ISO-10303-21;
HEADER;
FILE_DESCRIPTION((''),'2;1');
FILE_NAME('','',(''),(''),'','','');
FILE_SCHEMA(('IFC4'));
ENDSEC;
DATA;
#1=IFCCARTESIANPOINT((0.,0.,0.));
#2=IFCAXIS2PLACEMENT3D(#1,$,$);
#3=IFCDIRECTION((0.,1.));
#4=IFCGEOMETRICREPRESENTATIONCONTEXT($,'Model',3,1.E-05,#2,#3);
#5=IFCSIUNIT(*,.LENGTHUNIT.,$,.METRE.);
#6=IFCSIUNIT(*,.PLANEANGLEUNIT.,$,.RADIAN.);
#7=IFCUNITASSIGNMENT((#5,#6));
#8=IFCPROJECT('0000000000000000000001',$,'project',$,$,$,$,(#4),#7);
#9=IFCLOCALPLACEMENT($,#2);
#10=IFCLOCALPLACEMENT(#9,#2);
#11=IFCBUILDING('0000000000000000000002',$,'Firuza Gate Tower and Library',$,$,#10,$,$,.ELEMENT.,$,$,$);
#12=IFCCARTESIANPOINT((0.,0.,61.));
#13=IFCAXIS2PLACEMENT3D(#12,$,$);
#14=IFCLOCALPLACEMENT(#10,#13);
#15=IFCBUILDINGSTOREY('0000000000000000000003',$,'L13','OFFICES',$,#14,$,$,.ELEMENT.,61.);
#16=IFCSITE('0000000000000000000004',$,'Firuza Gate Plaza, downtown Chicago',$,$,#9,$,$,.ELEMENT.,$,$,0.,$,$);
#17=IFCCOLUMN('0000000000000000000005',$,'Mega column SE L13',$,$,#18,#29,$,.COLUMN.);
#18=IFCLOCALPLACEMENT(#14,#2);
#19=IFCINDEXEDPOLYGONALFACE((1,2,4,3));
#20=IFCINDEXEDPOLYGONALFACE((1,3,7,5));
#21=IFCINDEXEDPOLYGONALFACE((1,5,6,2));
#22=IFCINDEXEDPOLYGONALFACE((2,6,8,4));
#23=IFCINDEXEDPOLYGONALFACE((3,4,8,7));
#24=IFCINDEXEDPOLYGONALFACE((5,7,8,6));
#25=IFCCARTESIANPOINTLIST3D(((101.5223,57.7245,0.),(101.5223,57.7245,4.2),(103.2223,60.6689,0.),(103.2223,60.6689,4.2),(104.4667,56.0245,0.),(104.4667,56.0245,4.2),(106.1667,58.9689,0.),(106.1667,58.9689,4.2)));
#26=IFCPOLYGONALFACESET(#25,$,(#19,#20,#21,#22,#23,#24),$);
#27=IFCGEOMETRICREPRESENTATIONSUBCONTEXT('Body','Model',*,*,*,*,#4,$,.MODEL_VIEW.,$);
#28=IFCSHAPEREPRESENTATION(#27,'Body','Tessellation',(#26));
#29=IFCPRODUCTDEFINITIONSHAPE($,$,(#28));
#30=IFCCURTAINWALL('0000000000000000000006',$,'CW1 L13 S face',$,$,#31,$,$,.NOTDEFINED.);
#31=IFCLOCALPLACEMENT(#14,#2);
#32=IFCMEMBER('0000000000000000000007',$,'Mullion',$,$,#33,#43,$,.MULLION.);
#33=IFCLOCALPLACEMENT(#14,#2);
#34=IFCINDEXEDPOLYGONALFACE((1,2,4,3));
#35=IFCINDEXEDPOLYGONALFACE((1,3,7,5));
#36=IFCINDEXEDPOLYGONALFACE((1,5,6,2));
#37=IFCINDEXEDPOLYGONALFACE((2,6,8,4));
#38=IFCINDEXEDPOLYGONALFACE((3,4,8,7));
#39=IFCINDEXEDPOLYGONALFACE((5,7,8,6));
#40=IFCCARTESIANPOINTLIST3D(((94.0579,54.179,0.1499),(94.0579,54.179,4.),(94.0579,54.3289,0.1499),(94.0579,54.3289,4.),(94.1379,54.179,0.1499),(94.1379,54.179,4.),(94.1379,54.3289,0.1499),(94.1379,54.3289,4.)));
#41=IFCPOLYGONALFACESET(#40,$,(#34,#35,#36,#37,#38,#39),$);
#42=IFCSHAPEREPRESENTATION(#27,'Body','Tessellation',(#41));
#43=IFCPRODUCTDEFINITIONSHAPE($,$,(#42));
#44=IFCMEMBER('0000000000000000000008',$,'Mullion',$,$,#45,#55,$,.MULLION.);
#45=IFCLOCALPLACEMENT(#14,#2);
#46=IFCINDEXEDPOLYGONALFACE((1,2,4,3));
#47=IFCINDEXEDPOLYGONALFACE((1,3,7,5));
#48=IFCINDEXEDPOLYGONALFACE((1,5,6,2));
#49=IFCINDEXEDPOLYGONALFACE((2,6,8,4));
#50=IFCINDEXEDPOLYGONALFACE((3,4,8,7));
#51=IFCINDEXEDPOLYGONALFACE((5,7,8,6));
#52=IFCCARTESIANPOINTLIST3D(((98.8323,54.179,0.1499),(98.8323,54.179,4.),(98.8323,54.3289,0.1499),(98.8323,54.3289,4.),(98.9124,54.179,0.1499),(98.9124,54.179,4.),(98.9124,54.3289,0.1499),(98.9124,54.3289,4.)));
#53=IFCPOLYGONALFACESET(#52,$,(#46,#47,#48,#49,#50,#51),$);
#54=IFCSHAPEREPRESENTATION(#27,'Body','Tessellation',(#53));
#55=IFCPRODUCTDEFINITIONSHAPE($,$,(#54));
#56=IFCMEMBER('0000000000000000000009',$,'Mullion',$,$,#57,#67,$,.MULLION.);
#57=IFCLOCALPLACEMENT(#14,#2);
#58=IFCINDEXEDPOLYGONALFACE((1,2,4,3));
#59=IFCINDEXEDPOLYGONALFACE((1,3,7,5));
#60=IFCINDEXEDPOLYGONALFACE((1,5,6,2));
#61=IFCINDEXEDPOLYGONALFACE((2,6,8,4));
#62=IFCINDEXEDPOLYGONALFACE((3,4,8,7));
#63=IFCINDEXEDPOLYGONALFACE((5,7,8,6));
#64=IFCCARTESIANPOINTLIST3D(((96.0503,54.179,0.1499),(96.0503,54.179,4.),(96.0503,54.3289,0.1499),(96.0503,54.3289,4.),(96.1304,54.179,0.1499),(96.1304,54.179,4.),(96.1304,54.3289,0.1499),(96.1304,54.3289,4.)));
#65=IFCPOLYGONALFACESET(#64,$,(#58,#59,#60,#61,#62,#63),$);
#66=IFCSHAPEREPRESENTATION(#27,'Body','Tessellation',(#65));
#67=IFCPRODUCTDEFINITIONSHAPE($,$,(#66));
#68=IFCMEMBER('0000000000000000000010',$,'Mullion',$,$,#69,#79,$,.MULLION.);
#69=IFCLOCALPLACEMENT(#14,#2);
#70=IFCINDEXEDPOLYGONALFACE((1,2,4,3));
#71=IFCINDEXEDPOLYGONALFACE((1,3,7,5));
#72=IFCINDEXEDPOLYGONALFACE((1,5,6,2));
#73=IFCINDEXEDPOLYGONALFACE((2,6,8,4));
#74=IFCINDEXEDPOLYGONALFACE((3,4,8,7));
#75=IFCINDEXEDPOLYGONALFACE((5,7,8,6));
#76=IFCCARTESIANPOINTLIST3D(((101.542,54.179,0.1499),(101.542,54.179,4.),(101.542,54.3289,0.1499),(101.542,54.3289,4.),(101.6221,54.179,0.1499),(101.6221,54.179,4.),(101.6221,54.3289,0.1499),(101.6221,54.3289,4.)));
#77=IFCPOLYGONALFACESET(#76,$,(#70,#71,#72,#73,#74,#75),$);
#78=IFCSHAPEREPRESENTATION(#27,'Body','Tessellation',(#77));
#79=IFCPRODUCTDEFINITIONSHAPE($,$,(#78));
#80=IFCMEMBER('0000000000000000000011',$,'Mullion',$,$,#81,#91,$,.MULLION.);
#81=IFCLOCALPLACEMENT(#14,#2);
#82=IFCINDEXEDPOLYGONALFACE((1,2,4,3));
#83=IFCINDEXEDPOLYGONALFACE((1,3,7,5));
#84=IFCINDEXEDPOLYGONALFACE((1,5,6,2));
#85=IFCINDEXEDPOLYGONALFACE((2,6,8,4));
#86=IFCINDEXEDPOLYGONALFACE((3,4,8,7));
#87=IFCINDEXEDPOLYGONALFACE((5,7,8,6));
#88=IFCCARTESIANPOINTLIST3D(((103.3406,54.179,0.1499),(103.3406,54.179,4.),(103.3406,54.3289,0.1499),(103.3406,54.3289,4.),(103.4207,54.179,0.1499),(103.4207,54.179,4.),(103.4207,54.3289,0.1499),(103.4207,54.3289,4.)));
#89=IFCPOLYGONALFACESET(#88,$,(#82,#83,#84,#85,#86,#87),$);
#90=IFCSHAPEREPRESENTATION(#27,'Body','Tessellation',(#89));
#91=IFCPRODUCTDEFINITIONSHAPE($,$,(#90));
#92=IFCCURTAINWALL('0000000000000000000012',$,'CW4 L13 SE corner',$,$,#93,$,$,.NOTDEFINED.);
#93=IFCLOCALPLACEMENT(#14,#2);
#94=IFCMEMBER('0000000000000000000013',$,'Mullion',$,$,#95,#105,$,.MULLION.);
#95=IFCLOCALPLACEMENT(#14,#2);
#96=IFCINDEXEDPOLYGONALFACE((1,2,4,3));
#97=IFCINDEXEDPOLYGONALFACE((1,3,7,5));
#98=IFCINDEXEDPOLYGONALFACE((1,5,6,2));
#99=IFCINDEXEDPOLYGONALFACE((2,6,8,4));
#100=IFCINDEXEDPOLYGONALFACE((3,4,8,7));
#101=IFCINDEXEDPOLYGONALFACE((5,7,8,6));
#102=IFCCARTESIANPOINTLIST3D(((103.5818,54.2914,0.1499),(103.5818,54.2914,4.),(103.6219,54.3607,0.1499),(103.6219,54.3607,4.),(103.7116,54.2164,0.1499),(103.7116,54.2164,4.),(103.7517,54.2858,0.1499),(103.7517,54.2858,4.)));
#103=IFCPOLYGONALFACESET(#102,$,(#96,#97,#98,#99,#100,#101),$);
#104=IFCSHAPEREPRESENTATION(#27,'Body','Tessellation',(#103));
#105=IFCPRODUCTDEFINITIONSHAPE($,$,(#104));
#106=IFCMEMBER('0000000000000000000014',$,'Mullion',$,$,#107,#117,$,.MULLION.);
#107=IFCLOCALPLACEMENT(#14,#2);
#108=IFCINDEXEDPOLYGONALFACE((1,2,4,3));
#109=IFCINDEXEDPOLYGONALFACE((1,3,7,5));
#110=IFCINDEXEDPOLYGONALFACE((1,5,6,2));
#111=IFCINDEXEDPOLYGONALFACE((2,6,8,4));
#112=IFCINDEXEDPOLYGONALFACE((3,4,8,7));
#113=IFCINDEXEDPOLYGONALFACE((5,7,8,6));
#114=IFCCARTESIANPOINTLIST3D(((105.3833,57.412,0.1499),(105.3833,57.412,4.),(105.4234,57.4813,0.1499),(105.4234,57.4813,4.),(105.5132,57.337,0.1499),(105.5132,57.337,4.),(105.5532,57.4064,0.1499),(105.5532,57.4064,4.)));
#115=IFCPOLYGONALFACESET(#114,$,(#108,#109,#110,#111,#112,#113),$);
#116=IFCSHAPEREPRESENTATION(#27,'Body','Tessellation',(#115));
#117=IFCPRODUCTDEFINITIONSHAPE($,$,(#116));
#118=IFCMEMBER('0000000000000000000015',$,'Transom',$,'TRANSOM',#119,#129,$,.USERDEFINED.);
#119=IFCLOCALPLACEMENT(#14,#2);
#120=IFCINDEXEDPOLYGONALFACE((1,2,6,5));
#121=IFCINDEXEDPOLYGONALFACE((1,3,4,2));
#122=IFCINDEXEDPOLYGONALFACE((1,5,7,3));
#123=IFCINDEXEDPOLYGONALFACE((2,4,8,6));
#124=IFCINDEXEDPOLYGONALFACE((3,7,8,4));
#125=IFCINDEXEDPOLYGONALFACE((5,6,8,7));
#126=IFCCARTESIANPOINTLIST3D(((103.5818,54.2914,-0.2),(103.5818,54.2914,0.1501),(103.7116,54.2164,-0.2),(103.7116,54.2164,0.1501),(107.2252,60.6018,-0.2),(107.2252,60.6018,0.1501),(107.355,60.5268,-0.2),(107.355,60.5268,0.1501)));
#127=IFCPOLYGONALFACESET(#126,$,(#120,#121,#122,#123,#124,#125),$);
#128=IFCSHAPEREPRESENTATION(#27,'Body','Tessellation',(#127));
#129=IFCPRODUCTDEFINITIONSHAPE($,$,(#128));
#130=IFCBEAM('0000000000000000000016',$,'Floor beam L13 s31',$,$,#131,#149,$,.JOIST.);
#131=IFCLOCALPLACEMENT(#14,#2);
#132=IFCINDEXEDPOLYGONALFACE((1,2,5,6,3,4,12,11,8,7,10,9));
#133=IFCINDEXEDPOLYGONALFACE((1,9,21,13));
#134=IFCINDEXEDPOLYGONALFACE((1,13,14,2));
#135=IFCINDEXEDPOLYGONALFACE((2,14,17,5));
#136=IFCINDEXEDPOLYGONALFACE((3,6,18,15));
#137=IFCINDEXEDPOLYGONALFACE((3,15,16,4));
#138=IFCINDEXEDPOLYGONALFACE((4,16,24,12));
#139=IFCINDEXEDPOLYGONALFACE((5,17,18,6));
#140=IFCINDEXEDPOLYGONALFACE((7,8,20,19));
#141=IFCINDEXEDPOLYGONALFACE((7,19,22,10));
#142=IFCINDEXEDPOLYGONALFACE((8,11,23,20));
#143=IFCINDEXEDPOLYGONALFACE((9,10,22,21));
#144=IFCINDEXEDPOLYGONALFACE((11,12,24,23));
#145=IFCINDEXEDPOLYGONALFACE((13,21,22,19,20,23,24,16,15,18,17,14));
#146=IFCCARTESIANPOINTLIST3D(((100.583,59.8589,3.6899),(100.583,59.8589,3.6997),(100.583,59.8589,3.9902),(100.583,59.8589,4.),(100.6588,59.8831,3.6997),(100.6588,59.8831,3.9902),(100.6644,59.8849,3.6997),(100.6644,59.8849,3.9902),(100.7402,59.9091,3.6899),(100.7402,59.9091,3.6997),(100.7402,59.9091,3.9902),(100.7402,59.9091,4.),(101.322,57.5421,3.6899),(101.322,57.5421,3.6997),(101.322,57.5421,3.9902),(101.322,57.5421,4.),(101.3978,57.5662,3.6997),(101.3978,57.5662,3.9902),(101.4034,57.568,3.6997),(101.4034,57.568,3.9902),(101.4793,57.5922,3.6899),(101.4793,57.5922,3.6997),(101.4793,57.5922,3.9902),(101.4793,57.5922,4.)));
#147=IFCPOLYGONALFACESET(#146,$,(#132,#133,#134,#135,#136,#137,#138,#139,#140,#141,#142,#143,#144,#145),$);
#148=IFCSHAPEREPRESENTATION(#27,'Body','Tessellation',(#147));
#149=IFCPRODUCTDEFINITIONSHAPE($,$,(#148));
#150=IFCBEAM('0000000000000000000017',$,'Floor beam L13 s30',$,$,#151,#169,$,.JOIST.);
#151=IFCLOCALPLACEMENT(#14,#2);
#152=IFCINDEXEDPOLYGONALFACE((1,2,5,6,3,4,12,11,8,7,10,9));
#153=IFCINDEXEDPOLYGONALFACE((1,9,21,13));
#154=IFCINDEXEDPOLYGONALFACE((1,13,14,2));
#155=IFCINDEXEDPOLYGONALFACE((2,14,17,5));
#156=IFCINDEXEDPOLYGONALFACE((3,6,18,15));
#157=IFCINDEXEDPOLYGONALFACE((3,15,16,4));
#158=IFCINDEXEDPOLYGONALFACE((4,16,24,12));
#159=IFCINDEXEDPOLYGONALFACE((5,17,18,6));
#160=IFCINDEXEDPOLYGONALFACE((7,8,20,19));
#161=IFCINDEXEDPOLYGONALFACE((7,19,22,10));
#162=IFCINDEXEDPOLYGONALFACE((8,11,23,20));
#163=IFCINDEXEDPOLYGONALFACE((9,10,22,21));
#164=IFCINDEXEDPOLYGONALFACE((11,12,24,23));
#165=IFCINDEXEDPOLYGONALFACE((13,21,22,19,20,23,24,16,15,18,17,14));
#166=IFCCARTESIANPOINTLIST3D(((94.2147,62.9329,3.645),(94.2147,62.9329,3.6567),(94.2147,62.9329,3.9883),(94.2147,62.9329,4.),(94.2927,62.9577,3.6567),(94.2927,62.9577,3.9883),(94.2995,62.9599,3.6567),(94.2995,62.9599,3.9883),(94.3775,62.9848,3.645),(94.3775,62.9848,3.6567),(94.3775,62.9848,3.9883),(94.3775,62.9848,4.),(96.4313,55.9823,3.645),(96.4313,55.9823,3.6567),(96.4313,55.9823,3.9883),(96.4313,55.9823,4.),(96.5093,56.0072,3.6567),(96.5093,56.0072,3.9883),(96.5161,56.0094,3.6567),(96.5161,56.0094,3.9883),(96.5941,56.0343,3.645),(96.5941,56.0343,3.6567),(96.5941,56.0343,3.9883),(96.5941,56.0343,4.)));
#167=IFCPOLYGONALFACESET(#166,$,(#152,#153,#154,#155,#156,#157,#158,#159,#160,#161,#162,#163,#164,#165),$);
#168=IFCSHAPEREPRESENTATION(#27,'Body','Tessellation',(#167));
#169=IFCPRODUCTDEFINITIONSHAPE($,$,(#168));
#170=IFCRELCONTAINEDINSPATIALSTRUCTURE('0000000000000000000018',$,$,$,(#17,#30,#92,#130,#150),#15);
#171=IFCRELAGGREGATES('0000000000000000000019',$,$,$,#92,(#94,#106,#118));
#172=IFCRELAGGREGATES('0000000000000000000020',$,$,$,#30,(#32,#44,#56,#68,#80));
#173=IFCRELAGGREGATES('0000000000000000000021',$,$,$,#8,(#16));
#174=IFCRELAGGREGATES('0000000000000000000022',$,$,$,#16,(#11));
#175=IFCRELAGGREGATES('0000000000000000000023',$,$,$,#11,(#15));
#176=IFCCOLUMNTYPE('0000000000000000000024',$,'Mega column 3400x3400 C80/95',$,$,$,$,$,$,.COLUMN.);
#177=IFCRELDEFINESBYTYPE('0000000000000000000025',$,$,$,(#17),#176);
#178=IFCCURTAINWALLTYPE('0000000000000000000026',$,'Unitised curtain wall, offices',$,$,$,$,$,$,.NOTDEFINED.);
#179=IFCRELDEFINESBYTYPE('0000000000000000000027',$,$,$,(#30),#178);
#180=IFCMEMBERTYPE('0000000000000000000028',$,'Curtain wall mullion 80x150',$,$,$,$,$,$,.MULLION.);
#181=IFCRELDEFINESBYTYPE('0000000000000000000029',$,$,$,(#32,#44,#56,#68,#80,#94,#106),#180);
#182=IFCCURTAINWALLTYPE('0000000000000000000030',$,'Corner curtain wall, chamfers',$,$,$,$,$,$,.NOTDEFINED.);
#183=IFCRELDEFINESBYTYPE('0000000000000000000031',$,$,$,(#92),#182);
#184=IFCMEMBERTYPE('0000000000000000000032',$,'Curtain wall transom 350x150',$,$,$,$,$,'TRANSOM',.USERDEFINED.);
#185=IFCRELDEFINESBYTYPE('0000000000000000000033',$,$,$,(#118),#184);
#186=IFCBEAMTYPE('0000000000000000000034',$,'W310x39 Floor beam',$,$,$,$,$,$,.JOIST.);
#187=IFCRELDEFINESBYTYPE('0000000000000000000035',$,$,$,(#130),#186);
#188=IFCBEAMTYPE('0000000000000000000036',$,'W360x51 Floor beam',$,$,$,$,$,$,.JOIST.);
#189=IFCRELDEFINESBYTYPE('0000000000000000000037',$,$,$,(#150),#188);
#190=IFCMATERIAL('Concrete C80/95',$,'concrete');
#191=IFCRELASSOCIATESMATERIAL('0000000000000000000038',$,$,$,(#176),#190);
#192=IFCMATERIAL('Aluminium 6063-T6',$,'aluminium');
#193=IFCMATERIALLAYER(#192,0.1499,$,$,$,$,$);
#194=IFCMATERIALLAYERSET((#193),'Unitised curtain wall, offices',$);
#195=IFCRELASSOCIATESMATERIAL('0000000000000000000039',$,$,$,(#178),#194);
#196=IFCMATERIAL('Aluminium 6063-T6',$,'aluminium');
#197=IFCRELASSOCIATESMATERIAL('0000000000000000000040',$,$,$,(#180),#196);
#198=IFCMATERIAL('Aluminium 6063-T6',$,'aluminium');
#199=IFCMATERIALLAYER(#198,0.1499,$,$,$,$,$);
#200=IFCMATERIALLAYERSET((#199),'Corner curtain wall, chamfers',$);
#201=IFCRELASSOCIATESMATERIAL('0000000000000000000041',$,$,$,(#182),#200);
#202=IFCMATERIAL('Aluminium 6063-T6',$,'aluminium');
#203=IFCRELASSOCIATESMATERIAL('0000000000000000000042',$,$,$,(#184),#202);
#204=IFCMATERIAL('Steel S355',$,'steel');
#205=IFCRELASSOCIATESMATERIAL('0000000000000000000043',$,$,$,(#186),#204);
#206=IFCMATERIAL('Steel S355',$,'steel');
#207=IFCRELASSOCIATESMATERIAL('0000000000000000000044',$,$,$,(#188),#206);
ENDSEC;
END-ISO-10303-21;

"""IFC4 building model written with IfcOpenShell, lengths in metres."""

from ifc_helpers import new_model, si_unit, direction, frame, origin, origin_2d, place, context, subcontext, project, spatial, rectangle, i_section, extrude, material, layer, layer_set, material_profile, profile_set, type_object, element, aggregate, save


model = new_model("IFC4")

# Units and contexts
model_context = context("Model", 3, precision=1e-05, world=origin(), true_north=direction((0.0, 1.0)))
body_context = subcontext(model_context, "Body", "Model", "MODEL_VIEW")
ifc_project = project(units=[si_unit("LENGTHUNIT", "METRE"), si_unit("PLANEANGLEUNIT", "RADIAN")], contexts=[model_context])

# Site, building, storey
site_placement = place(None, origin())
site = spatial("IfcSite", under=ifc_project, at=site_placement, Name="Firuza Gate Plaza, downtown Chicago", CompositionType="ELEMENT", RefElevation=0.0)
building_placement = place(site_placement, origin())
building = spatial("IfcBuilding", under=site, at=building_placement, Name="Firuza Gate Tower and Library", CompositionType="ELEMENT")
storey_placement = place(building_placement, frame((0.0, 0.0, 61.0)))
storey = spatial("IfcBuildingStorey", under=building, at=storey_placement, Name="L13", Description="OFFICES", CompositionType="ELEMENT", Elevation=61.0)

# Column
ifc_material_1 = material(Name="Concrete C80/95", Category="concrete")
ifc_material_profile_1 = material_profile(ifc_material_1, rectangle(XDim=3.3999, YDim=3.3999, at=origin_2d()))
ifc_profile_set_1 = profile_set([ifc_material_profile_1], Name="Concrete C80/95")
column_type = type_object("IfcColumnType", Name="Mega column 3400x3400 C80/95", PredefinedType="COLUMN", material=ifc_profile_set_1)
column_placement = place(storey_placement, frame((103.8445, 58.3467, 0.0), z_axis=(0.0, 0.0, 1.0), x_axis=(0.5, 0.866025, 0.0)))
element("IfcColumn", 1, at=column_placement, inside=storey, type_object=column_type, Name="Mega column SE L13", PredefinedType="COLUMN", context=body_context, shape_type="SweptSolid", body=[
    extrude(rectangle(XDim=3.3999, YDim=3.3999, at=origin_2d()), origin(), (0.0, 0.0, 1.0), 4.2),
])

# Curtain walls, members
ifc_material_2 = material(Name="Aluminium 6063-T6", Category="aluminium")
ifc_layer_1 = layer(ifc_material_2, 0.1499)
ifc_layer_set_1 = layer_set([ifc_layer_1], Name="Unitised curtain wall, offices")
curtain_wall_type_1 = type_object("IfcCurtainWallType", Name="Unitised curtain wall, offices", PredefinedType="NOTDEFINED", material=ifc_layer_set_1)
placement = place(storey_placement, origin())
curtain_wall_1 = element("IfcCurtainWall", 2, at=placement, inside=storey, type_object=curtain_wall_type_1, Name="CW1 L13 S face", PredefinedType="NOTDEFINED")
ifc_material_3 = material(Name="Aluminium 6063-T6", Category="aluminium")
ifc_material_profile_2 = material_profile(ifc_material_3, rectangle(XDim=0.1499, YDim=0.0801, at=origin_2d()))
ifc_profile_set_2 = profile_set([ifc_material_profile_2], Name="Aluminium 6063-T6")
member_type_1 = type_object("IfcMemberType", Name="Curtain wall mullion 80x150", PredefinedType="MULLION", material=ifc_profile_set_2)
member_1_placement = place(storey_placement, frame((94.0979, 54.2539, 0.1499), z_axis=(0.0, 0.0, 1.0), x_axis=(0.0, 1.0, 0.0)))
member_1 = element("IfcMember", 3, at=member_1_placement, type_object=member_type_1, Name="Mullion", PredefinedType="MULLION", context=body_context, shape_type="SweptSolid", body=[
    extrude(rectangle(XDim=0.1499, YDim=0.0801, at=origin_2d()), origin(), (0.0, 0.0, 1.0), 3.8501),
])
member_2_placement = place(storey_placement, frame((98.8723, 54.2539, 0.1499), z_axis=(0.0, 0.0, 1.0), x_axis=(0.0, 1.0, 0.0)))
member_2 = element("IfcMember", 4, at=member_2_placement, type_object=member_type_1, Name="Mullion", PredefinedType="MULLION", context=body_context, shape_type="SweptSolid", body=[
    extrude(rectangle(XDim=0.1499, YDim=0.0801, at=origin_2d()), origin(), (0.0, 0.0, 1.0), 3.8501),
])
member_3_placement = place(storey_placement, frame((96.0903, 54.2539, 0.1499), z_axis=(0.0, 0.0, 1.0), x_axis=(0.0, 1.0, 0.0)))
member_3 = element("IfcMember", 5, at=member_3_placement, type_object=member_type_1, Name="Mullion", PredefinedType="MULLION", context=body_context, shape_type="SweptSolid", body=[
    extrude(rectangle(XDim=0.1499, YDim=0.0801, at=origin_2d()), origin(), (0.0, 0.0, 1.0), 3.8501),
])
member_4_placement = place(storey_placement, frame((101.582, 54.2539, 0.1499), z_axis=(0.0, 0.0, 1.0), x_axis=(0.0, 1.0, 0.0)))
member_4 = element("IfcMember", 6, at=member_4_placement, type_object=member_type_1, Name="Mullion", PredefinedType="MULLION", context=body_context, shape_type="SweptSolid", body=[
    extrude(rectangle(XDim=0.1499, YDim=0.0801, at=origin_2d()), origin(), (0.0, 0.0, 1.0), 3.8501),
])
member_5_placement = place(storey_placement, frame((103.3806, 54.2539, 0.1499), z_axis=(0.0, 0.0, 1.0), x_axis=(0.0, 1.0, 0.0)))
member_5 = element("IfcMember", 7, at=member_5_placement, type_object=member_type_1, Name="Mullion", PredefinedType="MULLION", context=body_context, shape_type="SweptSolid", body=[
    extrude(rectangle(XDim=0.1499, YDim=0.0801, at=origin_2d()), origin(), (0.0, 0.0, 1.0), 3.8501),
])
ifc_material_4 = material(Name="Aluminium 6063-T6", Category="aluminium")
ifc_layer_2 = layer(ifc_material_4, 0.1499)
ifc_layer_set_2 = layer_set([ifc_layer_2], Name="Corner curtain wall, chamfers")
curtain_wall_type_2 = type_object("IfcCurtainWallType", Name="Corner curtain wall, chamfers", PredefinedType="NOTDEFINED", material=ifc_layer_set_2)
curtain_wall_2 = element("IfcCurtainWall", 8, at=placement, inside=storey, type_object=curtain_wall_type_2, Name="CW4 L13 SE corner", PredefinedType="NOTDEFINED")
member_6_placement = place(storey_placement, frame((103.6667, 54.2886, 0.1499), z_axis=(0.0, 0.0, 1.0), x_axis=(-0.866025, 0.5, 0.0)))
member_6 = element("IfcMember", 9, at=member_6_placement, type_object=member_type_1, Name="Mullion", PredefinedType="MULLION", context=body_context, shape_type="SweptSolid", body=[
    extrude(rectangle(XDim=0.1499, YDim=0.0801, at=origin_2d()), origin(), (0.0, 0.0, 1.0), 3.8501),
])
member_7_placement = place(storey_placement, frame((105.4683, 57.4092, 0.1499), z_axis=(0.0, 0.0, 1.0), x_axis=(-0.866025, 0.5, 0.0)))
member_7 = element("IfcMember", 10, at=member_7_placement, type_object=member_type_1, Name="Mullion", PredefinedType="MULLION", context=body_context, shape_type="SweptSolid", body=[
    extrude(rectangle(XDim=0.1499, YDim=0.0801, at=origin_2d()), origin(), (0.0, 0.0, 1.0), 3.8501),
])
ifc_material_5 = material(Name="Aluminium 6063-T6", Category="aluminium")
ifc_material_profile_3 = material_profile(ifc_material_5, rectangle(XDim=0.1499, YDim=0.3501, at=origin_2d()))
ifc_profile_set_3 = profile_set([ifc_material_profile_3], Name="Aluminium 6063-T6")
member_type_2 = type_object("IfcMemberType", Name="Curtain wall transom 350x150", ElementType="TRANSOM", PredefinedType="USERDEFINED", material=ifc_profile_set_3)
member_8_placement = place(storey_placement, frame((103.6467, 54.2539, -0.0249), z_axis=(0.500006, 0.866022, 0.0), x_axis=(-0.866022, 0.500006, 0.0)))
member_8 = element("IfcMember", 11, at=member_8_placement, type_object=member_type_2, Name="Transom", ObjectType="TRANSOM", PredefinedType="USERDEFINED", context=body_context, shape_type="SweptSolid", body=[
    extrude(rectangle(XDim=0.1499, YDim=0.3501, at=origin_2d()), origin(), (0.0, 0.0, 1.0), 7.2866),
])

# Beams
ifc_material_6 = material(Name="Steel S355", Category="steel")
ifc_material_profile_4 = material_profile(ifc_material_6, i_section(OverallWidth=0.165, OverallDepth=0.3101, WebThickness=0.0059, FlangeThickness=0.0098, at=origin_2d()))
ifc_profile_set_4 = profile_set([ifc_material_profile_4], Name="Steel S355")
beam_type_1 = type_object("IfcBeamType", Name="W310x39 Floor beam", PredefinedType="JOIST", material=ifc_profile_set_4)
beam_1_placement = place(storey_placement, frame((101.4006, 57.5671, 3.845), z_axis=(-0.303883, 0.952709, 0.0), x_axis=(-0.952709, -0.303883, 0.0)))
element("IfcBeam", 12, at=beam_1_placement, inside=storey, type_object=beam_type_1, Name="Floor beam L13 s31", PredefinedType="JOIST", context=body_context, shape_type="SweptSolid", body=[
    extrude(i_section(OverallWidth=0.165, OverallDepth=0.3101, WebThickness=0.0059, FlangeThickness=0.0098, at=origin_2d()), origin(), (0.0, 0.0, 1.0), 2.4319),
])
ifc_material_7 = material(Name="Steel S355", Category="steel")
ifc_material_profile_5 = material_profile(ifc_material_7, i_section(OverallWidth=0.1709, OverallDepth=0.355, WebThickness=0.0071, FlangeThickness=0.0117, at=origin_2d()))
ifc_profile_set_5 = profile_set([ifc_material_profile_5], Name="Steel S355")
beam_type_2 = type_object("IfcBeamType", Name="W360x51 Floor beam", PredefinedType="JOIST", material=ifc_profile_set_5)
beam_2_placement = place(storey_placement, frame((96.5127, 56.0083, 3.8225), z_axis=(-0.303832, 0.952726, 0.0), x_axis=(-0.952726, -0.303832, 0.0)))
element("IfcBeam", 13, at=beam_2_placement, inside=storey, type_object=beam_type_2, Name="Floor beam L13 s30", PredefinedType="JOIST", context=body_context, shape_type="SweptSolid", body=[
    extrude(i_section(OverallWidth=0.1709, OverallDepth=0.355, WebThickness=0.0071, FlangeThickness=0.0117, at=origin_2d()), origin(), (0.0, 0.0, 1.0), 7.2954),
])

aggregate(curtain_wall_2, [member_6, member_7, member_8])
aggregate(curtain_wall_1, [member_1, member_2, member_3, member_4, member_5])

save(model, "model.ifc")
